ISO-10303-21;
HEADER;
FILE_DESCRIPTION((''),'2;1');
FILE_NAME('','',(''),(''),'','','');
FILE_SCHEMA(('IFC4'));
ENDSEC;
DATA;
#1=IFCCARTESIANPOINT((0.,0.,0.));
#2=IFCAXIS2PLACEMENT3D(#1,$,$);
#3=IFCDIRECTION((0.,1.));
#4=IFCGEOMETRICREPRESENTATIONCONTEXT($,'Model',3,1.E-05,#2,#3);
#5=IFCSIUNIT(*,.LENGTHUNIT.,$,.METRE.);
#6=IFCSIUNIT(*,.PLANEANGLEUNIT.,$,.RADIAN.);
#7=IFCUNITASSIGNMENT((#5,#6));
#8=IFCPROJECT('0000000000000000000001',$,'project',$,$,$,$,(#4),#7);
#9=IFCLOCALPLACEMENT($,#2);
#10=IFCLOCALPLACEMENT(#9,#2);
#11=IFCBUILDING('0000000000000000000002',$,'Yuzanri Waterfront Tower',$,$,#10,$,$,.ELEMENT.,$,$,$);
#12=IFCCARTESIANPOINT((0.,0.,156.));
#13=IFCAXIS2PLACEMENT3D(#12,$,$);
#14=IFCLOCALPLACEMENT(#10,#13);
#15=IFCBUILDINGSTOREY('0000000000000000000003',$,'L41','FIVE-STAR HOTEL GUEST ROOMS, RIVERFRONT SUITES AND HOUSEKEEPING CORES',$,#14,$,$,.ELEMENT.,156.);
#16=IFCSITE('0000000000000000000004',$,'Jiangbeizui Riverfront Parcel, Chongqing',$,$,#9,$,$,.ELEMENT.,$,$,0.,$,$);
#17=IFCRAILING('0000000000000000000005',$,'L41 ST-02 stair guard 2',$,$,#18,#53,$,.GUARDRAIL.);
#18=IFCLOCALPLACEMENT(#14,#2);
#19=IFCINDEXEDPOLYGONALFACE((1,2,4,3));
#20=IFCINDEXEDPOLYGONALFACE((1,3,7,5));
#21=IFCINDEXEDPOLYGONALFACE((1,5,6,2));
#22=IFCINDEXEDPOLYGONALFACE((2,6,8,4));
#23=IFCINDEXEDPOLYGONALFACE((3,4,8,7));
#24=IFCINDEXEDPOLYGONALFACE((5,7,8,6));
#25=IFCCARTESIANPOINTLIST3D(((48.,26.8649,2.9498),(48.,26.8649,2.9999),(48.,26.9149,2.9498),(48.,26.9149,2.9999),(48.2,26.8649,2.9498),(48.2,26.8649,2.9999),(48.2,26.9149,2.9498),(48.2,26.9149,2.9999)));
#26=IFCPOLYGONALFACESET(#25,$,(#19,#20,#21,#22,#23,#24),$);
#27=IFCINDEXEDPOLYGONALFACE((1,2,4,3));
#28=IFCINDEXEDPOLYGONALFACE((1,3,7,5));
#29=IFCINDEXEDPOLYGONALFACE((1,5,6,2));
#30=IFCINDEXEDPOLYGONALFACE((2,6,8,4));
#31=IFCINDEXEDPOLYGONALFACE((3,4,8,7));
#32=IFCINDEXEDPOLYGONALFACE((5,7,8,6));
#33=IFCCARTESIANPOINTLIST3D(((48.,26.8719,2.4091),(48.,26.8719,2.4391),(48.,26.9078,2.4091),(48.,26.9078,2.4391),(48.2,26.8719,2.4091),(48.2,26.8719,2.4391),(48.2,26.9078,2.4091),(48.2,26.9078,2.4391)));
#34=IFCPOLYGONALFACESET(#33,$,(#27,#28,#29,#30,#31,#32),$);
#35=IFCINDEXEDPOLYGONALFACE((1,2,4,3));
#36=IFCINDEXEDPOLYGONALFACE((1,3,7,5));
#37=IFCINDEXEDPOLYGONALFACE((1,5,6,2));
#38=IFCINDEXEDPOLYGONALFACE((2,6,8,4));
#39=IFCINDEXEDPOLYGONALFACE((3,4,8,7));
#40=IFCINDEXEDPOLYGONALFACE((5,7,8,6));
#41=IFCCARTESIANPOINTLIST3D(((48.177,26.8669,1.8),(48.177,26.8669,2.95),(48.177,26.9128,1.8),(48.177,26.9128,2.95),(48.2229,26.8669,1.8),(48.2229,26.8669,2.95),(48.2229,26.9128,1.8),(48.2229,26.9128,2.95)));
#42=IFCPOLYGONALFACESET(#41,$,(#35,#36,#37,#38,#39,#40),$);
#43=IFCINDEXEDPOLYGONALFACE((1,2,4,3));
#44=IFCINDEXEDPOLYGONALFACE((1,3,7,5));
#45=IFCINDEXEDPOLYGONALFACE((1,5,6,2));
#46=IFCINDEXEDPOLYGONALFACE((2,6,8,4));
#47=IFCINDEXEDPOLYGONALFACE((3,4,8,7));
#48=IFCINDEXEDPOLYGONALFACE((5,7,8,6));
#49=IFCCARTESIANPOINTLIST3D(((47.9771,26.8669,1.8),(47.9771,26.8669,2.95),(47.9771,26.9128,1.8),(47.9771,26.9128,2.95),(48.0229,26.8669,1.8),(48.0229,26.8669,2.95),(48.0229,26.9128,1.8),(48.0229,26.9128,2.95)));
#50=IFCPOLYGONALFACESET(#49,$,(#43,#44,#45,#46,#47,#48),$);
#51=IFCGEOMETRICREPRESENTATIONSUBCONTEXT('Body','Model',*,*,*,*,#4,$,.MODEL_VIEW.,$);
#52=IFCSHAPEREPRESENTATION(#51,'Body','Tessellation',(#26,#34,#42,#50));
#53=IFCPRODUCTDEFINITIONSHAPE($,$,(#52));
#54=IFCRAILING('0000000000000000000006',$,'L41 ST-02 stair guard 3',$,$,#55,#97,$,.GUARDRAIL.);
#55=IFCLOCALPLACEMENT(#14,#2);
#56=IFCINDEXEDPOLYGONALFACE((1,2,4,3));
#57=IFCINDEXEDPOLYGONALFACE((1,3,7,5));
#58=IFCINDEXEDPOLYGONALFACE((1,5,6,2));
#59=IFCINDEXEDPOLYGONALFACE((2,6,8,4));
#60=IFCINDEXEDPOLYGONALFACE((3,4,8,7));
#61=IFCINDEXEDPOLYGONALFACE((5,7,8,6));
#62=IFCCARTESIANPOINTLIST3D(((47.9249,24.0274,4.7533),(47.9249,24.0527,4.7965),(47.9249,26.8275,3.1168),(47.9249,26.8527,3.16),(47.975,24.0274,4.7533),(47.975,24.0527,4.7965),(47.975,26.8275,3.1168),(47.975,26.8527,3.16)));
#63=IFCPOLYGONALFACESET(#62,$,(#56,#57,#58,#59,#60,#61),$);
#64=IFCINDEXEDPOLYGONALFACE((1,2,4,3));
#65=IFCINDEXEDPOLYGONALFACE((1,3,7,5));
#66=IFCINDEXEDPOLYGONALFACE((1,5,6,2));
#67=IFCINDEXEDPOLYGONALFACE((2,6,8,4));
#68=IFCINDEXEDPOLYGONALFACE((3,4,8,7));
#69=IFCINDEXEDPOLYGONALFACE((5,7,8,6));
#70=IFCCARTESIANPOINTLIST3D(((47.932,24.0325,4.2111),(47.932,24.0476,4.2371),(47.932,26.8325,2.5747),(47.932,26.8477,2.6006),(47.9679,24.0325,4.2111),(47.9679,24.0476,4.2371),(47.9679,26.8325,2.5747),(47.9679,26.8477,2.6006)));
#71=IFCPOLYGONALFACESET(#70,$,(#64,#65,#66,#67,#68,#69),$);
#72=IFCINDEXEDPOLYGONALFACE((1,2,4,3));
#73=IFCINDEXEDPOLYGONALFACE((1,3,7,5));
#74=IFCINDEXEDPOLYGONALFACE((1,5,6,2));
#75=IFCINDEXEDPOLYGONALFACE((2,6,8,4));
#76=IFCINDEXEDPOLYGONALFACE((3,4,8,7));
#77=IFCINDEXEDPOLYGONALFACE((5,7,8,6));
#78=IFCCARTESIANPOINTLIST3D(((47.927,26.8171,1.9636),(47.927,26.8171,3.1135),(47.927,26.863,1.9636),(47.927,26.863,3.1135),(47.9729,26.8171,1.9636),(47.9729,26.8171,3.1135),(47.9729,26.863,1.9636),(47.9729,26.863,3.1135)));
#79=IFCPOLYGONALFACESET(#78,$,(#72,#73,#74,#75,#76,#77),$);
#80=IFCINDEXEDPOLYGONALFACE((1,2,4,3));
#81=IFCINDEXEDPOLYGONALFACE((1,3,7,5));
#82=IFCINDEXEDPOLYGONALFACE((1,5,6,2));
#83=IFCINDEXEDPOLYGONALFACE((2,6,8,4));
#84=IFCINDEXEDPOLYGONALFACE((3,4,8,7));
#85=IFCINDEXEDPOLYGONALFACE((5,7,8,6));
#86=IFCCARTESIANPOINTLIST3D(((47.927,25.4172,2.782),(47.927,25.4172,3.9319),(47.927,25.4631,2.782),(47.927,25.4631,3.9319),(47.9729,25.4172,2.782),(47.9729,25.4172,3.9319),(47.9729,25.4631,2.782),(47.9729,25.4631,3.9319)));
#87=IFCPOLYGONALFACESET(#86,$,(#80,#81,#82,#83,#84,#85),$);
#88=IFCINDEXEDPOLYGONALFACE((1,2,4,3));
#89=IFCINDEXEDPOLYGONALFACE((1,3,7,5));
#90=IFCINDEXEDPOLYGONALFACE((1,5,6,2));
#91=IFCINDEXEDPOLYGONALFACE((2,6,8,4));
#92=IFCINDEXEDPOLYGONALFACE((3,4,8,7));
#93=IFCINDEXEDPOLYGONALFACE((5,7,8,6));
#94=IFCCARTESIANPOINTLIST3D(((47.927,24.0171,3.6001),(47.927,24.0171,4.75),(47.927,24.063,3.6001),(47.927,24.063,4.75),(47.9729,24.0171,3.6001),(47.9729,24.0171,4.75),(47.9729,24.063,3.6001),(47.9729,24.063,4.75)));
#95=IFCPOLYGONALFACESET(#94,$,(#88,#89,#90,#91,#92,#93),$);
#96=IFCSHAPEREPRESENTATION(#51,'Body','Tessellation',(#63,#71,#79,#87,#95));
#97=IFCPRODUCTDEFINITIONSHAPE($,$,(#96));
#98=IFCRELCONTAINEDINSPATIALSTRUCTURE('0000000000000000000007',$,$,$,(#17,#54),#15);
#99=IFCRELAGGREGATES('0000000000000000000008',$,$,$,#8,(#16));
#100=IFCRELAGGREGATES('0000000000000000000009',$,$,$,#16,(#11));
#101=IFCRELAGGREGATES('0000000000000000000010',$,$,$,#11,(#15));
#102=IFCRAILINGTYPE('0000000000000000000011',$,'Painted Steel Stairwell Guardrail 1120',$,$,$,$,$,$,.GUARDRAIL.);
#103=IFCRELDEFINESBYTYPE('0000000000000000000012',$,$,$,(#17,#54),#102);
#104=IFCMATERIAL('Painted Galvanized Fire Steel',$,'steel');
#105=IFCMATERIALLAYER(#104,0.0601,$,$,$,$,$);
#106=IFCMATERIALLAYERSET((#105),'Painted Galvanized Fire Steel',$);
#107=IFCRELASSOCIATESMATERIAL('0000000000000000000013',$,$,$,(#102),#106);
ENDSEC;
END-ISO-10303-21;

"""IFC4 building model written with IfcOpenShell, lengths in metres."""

from ifc_helpers import new_model, si_unit, direction, frame, origin, origin_2d, place, context, subcontext, project, spatial, rectangle, extrude, source, transform, mapped, material, layer, layer_set, type_object, element, save


model = new_model("IFC4")

# Units and contexts
model_context = context("Model", 3, precision=1e-05, world=origin(), true_north=direction((0.0, 1.0)))
body_context = subcontext(model_context, "Body", "Model", "MODEL_VIEW")
ifc_project = project(units=[si_unit("LENGTHUNIT", "METRE"), si_unit("PLANEANGLEUNIT", "RADIAN")], contexts=[model_context])

# Site, building, storey
site_placement = place(None, origin())
site = spatial("IfcSite", under=ifc_project, at=site_placement, Name="Jiangbeizui Riverfront Parcel, Chongqing", CompositionType="ELEMENT", RefElevation=0.0)
building_placement = place(site_placement, origin())
building = spatial("IfcBuilding", under=site, at=building_placement, Name="Yuzanri Waterfront Tower", CompositionType="ELEMENT")
storey_placement = place(building_placement, frame((0.0, 0.0, 156.0)))
storey = spatial("IfcBuildingStorey", under=building, at=storey_placement, Name="L41", Description="FIVE-STAR HOTEL GUEST ROOMS, RIVERFRONT SUITES AND HOUSEKEEPING CORES", CompositionType="ELEMENT", Elevation=156.0)

# Railings
ifc_material_1 = material(Name="Painted Galvanized Fire Steel", Category="steel")
ifc_layer_1 = layer(ifc_material_1, 0.0601)
ifc_layer_set_1 = layer_set([ifc_layer_1], Name="Painted Galvanized Fire Steel")
railing_type = type_object("IfcRailingType", Name="Painted Steel Stairwell Guardrail 1120", PredefinedType="GUARDRAIL", material=ifc_layer_set_1)
shared_shape_1 = source(origin(), body_context, "Body", "SweptSolid", [
    extrude(rectangle(XDim=0.05, YDim=0.05, at=origin_2d()), frame((0.0, 0.0, 1.1748), z_axis=(-1.0, 0.0, 0.0), x_axis=(0.0, -1.0, 0.0)), (0.0, 0.0, 1.0), 0.2),
    extrude(rectangle(XDim=0.0359, YDim=0.03, at=origin_2d()), frame((0.0, 0.0, 0.624), z_axis=(-1.0, 0.0, 0.0), x_axis=(0.0, -1.0, 0.0)), (0.0, 0.0, 1.0), 0.2),
    extrude(rectangle(XDim=0.0459, YDim=0.0459, at=origin_2d()), origin(), (0.0, 0.0, 1.0), 1.1499),
    extrude(rectangle(XDim=0.0459, YDim=0.0459, at=origin_2d()), frame((-0.2, 0.0, 0.0)), (0.0, 0.0, 1.0), 1.1499),
])
railing_1_placement = place(storey_placement, frame((48.2, 26.8899, 1.8)))
element("IfcRailing", 1, at=railing_1_placement, inside=storey, type_object=railing_type, Name="L41 ST-02 stair guard 2", PredefinedType="GUARDRAIL", context=body_context, shape_type="MappedRepresentation", body=[
    mapped(shared_shape_1, transform((0.0, 0.0, 0.0), scale=1.0)),
])
shared_shape_2 = source(origin(), body_context, "Body", "SweptSolid", [
    extrude(rectangle(XDim=0.05, YDim=0.05, at=origin_2d()), frame((0.0, 0.0, 1.1748), z_axis=(0.0, -0.863361, 0.504587), x_axis=(1.0, 0.0, 0.0)), (0.0, 0.0, 1.0), 3.2432),
    extrude(rectangle(XDim=0.0359, YDim=0.03, at=origin_2d()), frame((0.0, 0.0, 0.624), z_axis=(0.0, -0.863361, 0.504587), x_axis=(1.0, 0.0, 0.0)), (0.0, 0.0, 1.0), 3.2432),
    extrude(rectangle(XDim=0.0459, YDim=0.0459, at=origin_2d()), origin(), (0.0, 0.0, 1.0), 1.1499),
    extrude(rectangle(XDim=0.0459, YDim=0.0459, at=origin_2d()), frame((0.0, -1.3999, 0.8184)), (0.0, 0.0, 1.0), 1.1499),
    extrude(rectangle(XDim=0.0459, YDim=0.0459, at=origin_2d()), frame((0.0, -2.8, 1.6365)), (0.0, 0.0, 1.0), 1.1499),
])
railing_2_placement = place(storey_placement, frame((47.95, 26.8401, 1.9636)))
element("IfcRailing", 2, at=railing_2_placement, inside=storey, type_object=railing_type, Name="L41 ST-02 stair guard 3", PredefinedType="GUARDRAIL", context=body_context, shape_type="MappedRepresentation", body=[
    mapped(shared_shape_2, transform((0.0, 0.0, 0.0), scale=1.0)),
])

save(model, "model.ifc")
